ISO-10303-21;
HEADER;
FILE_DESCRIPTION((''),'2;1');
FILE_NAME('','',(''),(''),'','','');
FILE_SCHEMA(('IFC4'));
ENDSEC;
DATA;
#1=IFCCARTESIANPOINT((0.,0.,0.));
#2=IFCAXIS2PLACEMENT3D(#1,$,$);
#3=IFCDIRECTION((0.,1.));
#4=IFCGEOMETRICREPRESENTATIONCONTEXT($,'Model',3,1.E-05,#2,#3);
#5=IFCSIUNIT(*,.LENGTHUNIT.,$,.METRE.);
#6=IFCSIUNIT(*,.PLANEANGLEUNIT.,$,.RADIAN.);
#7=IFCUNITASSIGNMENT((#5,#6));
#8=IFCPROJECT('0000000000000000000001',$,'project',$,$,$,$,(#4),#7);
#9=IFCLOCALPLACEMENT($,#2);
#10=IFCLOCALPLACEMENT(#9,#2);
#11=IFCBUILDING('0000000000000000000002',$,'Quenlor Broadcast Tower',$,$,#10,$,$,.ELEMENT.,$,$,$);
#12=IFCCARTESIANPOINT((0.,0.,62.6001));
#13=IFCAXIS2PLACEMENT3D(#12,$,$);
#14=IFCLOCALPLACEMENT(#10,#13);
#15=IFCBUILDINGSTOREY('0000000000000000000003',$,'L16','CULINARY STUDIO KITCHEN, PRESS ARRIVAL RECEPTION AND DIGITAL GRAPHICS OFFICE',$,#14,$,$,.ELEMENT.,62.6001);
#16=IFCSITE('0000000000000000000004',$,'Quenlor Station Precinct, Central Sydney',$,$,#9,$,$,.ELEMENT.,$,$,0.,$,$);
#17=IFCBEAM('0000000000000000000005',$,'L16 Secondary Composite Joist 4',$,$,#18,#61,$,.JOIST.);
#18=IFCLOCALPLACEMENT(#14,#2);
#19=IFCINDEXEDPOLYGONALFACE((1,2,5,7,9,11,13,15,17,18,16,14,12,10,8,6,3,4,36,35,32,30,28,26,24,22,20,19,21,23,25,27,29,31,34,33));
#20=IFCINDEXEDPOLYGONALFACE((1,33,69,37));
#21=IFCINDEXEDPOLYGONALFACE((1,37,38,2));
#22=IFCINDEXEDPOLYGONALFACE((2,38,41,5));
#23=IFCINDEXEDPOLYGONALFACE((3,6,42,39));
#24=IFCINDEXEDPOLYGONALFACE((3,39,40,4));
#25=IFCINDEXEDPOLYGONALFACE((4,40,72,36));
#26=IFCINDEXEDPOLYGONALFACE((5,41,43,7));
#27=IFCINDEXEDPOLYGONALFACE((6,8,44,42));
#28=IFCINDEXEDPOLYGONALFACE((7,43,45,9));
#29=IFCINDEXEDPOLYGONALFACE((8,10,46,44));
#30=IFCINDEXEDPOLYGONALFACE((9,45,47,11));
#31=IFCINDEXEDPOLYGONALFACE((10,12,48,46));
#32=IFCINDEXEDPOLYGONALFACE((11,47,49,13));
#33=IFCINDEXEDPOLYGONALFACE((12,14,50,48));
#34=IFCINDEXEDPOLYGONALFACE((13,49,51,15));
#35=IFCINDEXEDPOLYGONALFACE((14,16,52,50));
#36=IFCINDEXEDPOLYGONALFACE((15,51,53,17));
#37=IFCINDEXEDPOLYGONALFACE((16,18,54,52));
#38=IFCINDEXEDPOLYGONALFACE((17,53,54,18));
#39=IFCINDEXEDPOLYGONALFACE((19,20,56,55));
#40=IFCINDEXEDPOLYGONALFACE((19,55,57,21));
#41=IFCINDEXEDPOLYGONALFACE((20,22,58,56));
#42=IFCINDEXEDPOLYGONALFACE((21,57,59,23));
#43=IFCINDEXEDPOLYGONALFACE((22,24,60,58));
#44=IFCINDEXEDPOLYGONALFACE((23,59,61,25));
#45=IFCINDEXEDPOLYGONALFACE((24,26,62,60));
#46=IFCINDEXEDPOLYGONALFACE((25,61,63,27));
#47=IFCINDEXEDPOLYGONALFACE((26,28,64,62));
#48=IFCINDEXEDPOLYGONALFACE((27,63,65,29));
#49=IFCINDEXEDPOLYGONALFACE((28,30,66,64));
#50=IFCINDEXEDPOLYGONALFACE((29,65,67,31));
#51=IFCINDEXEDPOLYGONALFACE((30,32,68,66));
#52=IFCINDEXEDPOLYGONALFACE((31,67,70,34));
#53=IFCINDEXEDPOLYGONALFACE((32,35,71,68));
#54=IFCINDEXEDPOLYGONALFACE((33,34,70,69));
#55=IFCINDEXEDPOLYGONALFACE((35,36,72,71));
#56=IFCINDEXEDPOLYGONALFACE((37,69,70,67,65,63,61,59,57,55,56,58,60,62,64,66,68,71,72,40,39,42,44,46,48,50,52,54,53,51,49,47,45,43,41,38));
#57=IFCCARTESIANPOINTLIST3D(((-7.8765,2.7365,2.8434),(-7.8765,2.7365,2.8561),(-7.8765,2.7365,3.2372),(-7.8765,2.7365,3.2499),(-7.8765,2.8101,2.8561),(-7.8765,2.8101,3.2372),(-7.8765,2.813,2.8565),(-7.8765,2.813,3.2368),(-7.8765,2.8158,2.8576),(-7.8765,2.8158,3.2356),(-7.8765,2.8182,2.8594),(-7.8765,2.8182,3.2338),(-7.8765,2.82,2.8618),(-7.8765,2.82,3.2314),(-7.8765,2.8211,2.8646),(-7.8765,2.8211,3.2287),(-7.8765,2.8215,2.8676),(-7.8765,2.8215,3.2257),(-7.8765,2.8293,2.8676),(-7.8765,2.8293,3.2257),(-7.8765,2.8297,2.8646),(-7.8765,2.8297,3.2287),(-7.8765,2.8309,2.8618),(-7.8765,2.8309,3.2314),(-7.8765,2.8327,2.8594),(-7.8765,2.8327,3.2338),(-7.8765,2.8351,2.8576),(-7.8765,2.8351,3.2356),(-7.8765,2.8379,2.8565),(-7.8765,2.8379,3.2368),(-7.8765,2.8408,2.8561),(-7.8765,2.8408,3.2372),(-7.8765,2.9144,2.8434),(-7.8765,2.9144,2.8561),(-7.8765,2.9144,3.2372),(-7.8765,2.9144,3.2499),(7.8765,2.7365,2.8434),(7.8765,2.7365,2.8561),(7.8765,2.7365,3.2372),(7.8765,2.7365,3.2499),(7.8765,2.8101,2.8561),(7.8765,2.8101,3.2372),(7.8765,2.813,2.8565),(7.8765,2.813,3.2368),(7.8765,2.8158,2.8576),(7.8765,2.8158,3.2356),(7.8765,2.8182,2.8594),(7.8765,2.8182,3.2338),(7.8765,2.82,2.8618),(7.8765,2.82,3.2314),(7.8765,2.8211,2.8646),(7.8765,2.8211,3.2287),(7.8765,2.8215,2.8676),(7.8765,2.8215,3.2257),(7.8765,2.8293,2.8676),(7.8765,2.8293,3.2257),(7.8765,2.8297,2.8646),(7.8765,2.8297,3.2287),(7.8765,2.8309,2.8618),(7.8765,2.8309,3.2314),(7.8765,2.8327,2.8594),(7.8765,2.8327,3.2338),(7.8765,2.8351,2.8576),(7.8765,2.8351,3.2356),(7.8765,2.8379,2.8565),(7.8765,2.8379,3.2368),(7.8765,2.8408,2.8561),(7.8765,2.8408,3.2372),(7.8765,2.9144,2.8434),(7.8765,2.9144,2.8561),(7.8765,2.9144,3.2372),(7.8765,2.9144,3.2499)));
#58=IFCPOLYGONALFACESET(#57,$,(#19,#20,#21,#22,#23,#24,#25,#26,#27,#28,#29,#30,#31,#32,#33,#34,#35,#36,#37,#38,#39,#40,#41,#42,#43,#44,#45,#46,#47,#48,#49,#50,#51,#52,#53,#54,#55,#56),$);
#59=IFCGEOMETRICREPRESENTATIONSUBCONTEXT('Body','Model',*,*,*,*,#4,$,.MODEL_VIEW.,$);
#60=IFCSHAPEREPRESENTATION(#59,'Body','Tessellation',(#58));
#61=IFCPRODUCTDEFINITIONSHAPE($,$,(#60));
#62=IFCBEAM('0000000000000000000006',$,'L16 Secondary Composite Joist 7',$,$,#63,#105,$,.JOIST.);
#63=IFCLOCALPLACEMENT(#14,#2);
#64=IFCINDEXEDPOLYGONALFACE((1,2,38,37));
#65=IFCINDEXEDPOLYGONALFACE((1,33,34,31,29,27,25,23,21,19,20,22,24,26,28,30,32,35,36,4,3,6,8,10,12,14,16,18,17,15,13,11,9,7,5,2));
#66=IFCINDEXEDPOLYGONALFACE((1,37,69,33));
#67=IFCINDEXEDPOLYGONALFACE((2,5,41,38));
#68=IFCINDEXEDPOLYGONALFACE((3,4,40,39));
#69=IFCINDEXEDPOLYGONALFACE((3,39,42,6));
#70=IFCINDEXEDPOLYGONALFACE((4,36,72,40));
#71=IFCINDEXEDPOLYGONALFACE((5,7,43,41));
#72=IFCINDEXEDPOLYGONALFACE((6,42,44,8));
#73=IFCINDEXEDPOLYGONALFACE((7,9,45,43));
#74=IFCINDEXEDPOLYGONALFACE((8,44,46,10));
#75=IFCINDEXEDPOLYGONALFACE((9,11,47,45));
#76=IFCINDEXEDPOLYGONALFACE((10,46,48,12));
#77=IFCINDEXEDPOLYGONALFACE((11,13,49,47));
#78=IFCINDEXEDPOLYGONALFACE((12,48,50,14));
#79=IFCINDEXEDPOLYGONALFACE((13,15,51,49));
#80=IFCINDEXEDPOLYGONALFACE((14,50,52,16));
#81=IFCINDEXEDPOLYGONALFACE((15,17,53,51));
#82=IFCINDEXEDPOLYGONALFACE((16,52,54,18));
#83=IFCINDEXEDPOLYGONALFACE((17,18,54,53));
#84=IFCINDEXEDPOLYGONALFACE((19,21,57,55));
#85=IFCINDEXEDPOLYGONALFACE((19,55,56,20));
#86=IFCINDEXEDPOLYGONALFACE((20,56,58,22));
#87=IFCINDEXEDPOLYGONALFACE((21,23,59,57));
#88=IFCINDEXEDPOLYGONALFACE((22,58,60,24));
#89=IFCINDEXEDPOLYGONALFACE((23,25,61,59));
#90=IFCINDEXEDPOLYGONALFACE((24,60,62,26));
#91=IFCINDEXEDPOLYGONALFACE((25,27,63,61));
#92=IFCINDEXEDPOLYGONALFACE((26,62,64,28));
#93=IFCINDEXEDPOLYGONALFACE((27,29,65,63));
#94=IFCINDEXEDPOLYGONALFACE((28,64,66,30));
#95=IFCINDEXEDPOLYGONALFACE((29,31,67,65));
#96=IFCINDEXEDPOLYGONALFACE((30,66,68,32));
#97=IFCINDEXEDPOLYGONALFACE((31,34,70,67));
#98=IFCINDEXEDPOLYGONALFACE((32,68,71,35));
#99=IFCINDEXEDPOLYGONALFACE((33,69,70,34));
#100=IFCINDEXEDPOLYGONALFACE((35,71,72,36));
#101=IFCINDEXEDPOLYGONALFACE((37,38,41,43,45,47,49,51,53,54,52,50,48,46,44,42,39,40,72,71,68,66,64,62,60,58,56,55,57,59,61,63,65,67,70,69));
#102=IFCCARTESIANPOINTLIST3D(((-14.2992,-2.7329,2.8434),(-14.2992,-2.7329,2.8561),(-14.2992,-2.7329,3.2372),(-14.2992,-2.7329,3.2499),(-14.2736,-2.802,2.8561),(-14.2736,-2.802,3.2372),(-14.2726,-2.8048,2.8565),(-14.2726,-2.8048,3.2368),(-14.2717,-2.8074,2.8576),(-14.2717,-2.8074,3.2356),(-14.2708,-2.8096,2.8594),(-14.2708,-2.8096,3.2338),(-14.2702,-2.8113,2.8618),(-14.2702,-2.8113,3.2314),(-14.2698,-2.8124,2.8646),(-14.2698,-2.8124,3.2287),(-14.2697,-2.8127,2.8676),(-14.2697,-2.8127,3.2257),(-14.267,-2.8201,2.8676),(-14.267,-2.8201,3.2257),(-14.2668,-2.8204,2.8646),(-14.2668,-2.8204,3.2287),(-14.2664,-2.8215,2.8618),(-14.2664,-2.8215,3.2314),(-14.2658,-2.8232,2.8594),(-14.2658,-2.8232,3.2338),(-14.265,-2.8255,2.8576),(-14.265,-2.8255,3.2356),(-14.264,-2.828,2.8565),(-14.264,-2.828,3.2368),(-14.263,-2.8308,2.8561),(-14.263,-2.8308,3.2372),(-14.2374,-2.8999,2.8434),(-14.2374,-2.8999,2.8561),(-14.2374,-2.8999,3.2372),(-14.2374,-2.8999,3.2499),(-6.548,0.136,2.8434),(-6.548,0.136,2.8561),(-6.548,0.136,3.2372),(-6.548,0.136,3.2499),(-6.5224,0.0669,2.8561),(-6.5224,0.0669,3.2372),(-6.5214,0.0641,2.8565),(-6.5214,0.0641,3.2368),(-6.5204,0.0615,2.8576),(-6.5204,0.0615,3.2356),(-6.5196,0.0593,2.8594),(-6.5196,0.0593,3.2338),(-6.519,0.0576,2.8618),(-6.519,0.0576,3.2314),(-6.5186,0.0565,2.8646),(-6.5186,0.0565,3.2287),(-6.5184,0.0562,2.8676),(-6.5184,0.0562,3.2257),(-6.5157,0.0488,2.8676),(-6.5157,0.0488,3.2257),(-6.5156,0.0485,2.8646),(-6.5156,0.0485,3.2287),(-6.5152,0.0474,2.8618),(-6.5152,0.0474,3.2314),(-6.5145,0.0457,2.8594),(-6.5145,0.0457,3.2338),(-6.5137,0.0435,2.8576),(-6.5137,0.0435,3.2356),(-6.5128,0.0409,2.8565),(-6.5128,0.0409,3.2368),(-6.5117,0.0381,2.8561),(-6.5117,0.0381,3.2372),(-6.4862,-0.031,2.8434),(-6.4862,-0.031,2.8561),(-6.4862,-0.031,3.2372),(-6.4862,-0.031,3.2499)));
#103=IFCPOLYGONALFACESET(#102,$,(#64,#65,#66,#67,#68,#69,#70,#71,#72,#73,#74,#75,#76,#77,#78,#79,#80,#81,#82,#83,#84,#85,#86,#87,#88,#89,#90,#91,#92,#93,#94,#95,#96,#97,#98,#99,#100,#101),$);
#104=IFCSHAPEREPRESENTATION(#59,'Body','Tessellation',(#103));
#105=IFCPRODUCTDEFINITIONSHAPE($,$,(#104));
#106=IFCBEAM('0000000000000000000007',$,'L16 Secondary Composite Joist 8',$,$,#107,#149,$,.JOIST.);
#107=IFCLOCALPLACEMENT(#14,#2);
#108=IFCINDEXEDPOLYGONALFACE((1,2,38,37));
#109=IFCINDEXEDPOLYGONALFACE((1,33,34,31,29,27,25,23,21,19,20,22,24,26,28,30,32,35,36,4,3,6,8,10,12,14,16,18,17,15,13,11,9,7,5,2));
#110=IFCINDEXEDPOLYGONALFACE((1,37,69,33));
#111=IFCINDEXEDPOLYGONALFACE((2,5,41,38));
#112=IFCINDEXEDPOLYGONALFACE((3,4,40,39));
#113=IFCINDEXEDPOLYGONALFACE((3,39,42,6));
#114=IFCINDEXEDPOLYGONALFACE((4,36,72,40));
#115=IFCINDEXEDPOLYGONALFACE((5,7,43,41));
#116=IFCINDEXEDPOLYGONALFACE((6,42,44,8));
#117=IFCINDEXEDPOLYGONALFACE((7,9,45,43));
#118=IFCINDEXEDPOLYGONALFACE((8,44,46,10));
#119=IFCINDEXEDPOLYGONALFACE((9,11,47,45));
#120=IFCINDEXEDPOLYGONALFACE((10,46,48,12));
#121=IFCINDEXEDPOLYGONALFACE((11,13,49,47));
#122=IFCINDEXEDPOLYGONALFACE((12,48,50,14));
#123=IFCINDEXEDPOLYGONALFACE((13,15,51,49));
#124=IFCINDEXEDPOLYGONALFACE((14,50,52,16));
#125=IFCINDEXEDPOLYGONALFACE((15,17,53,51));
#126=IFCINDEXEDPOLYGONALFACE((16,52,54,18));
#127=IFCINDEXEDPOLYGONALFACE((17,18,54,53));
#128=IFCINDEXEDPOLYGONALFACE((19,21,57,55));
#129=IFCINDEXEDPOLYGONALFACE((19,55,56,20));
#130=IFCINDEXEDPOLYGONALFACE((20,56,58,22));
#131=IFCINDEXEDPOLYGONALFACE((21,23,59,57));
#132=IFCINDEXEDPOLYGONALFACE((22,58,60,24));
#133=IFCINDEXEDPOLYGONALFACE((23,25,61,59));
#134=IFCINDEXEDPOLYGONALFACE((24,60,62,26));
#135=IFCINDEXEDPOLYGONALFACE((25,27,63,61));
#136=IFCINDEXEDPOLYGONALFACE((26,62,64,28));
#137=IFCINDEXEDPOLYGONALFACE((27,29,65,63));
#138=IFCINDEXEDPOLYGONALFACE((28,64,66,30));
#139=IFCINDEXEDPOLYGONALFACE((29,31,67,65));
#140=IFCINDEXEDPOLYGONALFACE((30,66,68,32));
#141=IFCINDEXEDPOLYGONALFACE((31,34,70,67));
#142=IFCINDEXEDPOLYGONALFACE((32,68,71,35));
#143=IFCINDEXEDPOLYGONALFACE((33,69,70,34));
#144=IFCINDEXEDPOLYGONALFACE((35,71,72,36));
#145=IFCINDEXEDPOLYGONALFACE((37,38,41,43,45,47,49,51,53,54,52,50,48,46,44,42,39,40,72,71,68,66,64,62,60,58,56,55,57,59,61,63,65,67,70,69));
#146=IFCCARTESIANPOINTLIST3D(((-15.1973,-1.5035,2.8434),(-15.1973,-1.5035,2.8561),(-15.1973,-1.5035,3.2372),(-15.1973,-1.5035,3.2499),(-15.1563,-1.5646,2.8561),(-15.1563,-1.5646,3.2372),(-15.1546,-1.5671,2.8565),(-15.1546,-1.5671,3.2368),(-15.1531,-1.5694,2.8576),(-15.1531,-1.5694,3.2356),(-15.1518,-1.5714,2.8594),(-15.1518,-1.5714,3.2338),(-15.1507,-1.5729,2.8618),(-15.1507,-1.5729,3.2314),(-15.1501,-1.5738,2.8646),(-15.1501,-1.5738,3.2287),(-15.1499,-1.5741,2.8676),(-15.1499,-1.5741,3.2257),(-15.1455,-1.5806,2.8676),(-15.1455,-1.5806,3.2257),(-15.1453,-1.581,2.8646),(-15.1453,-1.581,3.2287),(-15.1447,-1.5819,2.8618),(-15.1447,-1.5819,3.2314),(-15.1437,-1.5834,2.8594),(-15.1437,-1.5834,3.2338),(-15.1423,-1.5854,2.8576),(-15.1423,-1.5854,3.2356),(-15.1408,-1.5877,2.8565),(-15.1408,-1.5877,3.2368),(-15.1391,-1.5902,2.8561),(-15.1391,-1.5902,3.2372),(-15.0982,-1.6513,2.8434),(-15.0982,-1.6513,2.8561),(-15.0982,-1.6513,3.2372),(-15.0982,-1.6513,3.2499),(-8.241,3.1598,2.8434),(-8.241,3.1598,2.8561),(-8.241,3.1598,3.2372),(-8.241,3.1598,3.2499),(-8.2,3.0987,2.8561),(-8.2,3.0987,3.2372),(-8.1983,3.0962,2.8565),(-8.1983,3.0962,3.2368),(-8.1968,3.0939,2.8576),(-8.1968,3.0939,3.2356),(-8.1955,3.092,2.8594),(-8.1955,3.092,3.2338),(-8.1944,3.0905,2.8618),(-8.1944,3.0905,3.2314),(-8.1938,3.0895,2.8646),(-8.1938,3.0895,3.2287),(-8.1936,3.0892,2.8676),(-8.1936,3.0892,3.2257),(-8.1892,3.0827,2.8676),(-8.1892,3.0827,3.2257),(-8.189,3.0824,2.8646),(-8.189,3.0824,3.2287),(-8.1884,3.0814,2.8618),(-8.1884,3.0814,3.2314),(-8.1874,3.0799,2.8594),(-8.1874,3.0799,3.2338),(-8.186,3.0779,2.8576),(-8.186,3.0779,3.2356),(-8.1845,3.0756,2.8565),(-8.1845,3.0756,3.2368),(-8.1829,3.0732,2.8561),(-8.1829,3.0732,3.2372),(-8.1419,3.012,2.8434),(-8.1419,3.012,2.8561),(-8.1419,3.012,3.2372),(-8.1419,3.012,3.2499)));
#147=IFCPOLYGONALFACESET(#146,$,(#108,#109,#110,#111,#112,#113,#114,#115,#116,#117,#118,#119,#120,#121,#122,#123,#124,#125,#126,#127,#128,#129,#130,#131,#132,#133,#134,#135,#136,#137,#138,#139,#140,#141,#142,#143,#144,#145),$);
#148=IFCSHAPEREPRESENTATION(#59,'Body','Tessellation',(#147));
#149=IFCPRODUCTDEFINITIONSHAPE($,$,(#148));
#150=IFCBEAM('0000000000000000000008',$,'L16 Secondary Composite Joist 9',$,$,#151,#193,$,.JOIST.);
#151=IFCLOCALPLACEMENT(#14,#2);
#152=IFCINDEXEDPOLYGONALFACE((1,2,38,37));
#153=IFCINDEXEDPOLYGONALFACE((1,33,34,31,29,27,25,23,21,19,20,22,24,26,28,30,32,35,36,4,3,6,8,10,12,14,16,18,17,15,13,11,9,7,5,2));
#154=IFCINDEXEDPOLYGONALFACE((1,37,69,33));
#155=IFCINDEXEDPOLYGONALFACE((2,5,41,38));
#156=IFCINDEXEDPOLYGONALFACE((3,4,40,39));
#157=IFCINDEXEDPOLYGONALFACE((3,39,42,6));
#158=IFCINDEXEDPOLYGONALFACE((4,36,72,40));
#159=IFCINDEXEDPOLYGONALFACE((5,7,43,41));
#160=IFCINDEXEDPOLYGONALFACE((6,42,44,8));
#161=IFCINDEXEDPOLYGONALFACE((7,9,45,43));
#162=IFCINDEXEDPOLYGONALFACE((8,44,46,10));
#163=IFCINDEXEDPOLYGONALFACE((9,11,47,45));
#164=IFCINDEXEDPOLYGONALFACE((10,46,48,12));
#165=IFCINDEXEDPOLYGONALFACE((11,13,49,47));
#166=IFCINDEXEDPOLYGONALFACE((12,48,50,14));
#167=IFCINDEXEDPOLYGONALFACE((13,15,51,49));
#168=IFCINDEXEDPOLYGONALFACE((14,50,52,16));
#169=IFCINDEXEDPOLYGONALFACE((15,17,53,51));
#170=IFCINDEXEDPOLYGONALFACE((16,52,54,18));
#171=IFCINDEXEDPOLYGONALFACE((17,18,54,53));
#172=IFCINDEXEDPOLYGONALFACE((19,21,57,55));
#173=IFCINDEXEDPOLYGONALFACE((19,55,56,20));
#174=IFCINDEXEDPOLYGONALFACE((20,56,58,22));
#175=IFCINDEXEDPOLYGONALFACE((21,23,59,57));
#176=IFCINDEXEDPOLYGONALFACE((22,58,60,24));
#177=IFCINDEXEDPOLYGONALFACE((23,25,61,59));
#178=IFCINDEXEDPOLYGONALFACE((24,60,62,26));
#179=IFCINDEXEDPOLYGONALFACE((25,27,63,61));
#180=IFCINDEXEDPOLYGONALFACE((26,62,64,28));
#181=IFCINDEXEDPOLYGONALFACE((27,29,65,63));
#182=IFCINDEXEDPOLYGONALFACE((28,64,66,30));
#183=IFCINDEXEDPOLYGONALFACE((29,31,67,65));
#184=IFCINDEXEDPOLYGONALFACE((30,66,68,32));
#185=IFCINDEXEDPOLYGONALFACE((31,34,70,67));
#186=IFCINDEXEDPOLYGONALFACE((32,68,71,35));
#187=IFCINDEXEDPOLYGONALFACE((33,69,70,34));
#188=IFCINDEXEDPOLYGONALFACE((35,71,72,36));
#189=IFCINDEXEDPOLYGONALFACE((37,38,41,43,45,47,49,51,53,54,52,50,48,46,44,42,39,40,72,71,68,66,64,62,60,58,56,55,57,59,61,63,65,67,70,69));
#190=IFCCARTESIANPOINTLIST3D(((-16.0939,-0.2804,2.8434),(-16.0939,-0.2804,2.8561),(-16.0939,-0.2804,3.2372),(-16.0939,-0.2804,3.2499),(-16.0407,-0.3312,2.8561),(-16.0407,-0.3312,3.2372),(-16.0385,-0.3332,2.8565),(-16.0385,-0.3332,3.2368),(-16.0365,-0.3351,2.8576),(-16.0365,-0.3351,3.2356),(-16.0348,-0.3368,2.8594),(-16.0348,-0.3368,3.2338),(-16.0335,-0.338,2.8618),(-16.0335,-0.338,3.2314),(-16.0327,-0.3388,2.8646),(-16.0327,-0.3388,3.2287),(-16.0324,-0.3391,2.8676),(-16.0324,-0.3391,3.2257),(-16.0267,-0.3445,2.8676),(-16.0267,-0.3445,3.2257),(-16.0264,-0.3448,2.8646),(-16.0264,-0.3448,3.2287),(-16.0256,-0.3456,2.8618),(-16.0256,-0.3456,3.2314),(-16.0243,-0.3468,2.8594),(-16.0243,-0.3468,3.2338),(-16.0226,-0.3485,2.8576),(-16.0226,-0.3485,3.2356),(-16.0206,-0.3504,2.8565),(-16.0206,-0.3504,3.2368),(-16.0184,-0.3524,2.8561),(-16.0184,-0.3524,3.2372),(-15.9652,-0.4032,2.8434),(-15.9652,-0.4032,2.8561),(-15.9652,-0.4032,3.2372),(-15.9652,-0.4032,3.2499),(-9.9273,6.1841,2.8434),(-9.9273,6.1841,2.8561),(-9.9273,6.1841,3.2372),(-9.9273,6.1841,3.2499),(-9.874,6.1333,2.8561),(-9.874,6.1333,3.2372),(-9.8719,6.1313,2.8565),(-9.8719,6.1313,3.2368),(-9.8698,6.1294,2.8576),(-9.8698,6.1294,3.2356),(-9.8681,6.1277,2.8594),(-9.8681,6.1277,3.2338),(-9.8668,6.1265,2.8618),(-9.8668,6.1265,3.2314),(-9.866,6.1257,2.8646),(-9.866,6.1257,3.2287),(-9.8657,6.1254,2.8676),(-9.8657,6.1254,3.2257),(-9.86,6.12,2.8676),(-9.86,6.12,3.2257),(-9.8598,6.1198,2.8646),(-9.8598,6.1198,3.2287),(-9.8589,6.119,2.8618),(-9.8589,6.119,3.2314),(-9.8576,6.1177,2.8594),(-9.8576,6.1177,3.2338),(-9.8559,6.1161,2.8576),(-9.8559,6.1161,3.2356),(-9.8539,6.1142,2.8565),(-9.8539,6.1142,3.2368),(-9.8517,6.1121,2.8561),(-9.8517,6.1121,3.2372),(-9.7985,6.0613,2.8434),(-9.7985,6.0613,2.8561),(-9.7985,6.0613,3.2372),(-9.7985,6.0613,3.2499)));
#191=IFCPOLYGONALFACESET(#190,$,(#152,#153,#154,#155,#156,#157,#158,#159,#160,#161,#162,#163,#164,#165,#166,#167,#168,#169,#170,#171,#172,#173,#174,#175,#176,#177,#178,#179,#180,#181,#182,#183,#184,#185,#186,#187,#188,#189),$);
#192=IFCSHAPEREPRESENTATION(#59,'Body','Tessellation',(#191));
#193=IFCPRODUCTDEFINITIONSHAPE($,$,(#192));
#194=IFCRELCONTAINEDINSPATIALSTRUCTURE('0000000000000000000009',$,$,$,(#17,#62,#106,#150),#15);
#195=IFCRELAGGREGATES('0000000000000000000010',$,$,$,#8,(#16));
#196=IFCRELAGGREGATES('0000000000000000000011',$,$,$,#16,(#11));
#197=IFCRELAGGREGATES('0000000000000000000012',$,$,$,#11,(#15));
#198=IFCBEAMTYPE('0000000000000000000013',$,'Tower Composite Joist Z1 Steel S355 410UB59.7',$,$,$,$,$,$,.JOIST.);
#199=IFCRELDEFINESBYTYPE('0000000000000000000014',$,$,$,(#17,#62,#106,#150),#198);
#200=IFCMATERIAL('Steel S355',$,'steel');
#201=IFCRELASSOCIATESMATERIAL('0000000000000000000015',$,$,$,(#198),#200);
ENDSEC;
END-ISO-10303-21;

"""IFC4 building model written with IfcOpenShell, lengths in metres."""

from ifc_helpers import new_model, si_unit, direction, frame, origin, origin_2d, place, context, subcontext, project, spatial, i_section, extrude, material, material_profile, profile_set, type_object, element, save


model = new_model("IFC4")

# Units and contexts
model_context = context("Model", 3, precision=1e-05, world=origin(), true_north=direction((0.0, 1.0)))
body_context = subcontext(model_context, "Body", "Model", "MODEL_VIEW")
ifc_project = project(units=[si_unit("LENGTHUNIT", "METRE"), si_unit("PLANEANGLEUNIT", "RADIAN")], contexts=[model_context])

# Site, building, storey
site_placement = place(None, origin())
site = spatial("IfcSite", under=ifc_project, at=site_placement, Name="Quenlor Station Precinct, Central Sydney", CompositionType="ELEMENT", RefElevation=0.0)
building_placement = place(site_placement, origin())
building = spatial("IfcBuilding", under=site, at=building_placement, Name="Quenlor Broadcast Tower", CompositionType="ELEMENT")
storey_placement = place(building_placement, frame((0.0, 0.0, 62.6001)))
storey = spatial("IfcBuildingStorey", under=building, at=storey_placement, Name="L16", Description="CULINARY STUDIO KITCHEN, PRESS ARRIVAL RECEPTION AND DIGITAL GRAPHICS OFFICE", CompositionType="ELEMENT", Elevation=62.6001)

# Beams
ifc_material_1 = material(Name="Steel S355", Category="steel")
ifc_material_profile_1 = material_profile(ifc_material_1, i_section(OverallWidth=0.178, OverallDepth=0.4065, WebThickness=0.0078, FlangeThickness=0.0127, FilletRadius=0.0115, at=origin_2d()))
ifc_profile_set_1 = profile_set([ifc_material_profile_1], Name="Steel S355 410UB59.7")
beam_type = type_object("IfcBeamType", Name="Tower Composite Joist Z1 Steel S355 410UB59.7", PredefinedType="JOIST", material=ifc_profile_set_1)
beam_1_placement = place(storey_placement, frame((-7.8765, 2.8254, 3.0466), z_axis=(1.0, 0.0, 0.0), x_axis=(0.0, 1.0, 0.0)))
element("IfcBeam", 1, at=beam_1_placement, inside=storey, type_object=beam_type, Name="L16 Secondary Composite Joist 4", PredefinedType="JOIST", context=body_context, shape_type="SweptSolid", body=[
    extrude(i_section(OverallWidth=0.178, OverallDepth=0.4065, WebThickness=0.0078, FlangeThickness=0.0127, FilletRadius=0.0115, at=origin_2d()), origin(), (0.0, 0.0, 1.0), 15.7529),
])
beam_2_placement = place(storey_placement, frame((-14.2683, -2.8164, 3.0466), z_axis=(0.937825, 0.347109, 0.0), x_axis=(-0.347109, 0.937825, 0.0)))
element("IfcBeam", 2, at=beam_2_placement, inside=storey, type_object=beam_type, Name="L16 Secondary Composite Joist 7", PredefinedType="JOIST", context=body_context, shape_type="SweptSolid", body=[
    extrude(i_section(OverallWidth=0.178, OverallDepth=0.4065, WebThickness=0.0078, FlangeThickness=0.0127, FilletRadius=0.0115, at=origin_2d()), origin(), (0.0, 0.0, 1.0), 8.2651),
])
beam_3_placement = place(storey_placement, frame((-15.1477, -1.5774, 3.0466), z_axis=(0.830626, 0.556831, 0.0), x_axis=(-0.556831, 0.830626, 0.0)))
element("IfcBeam", 3, at=beam_3_placement, inside=storey, type_object=beam_type, Name="L16 Secondary Composite Joist 8", PredefinedType="JOIST", context=body_context, shape_type="SweptSolid", body=[
    extrude(i_section(OverallWidth=0.178, OverallDepth=0.4065, WebThickness=0.0078, FlangeThickness=0.0127, FilletRadius=0.0115, at=origin_2d()), origin(), (0.0, 0.0, 1.0), 8.3748),
])
beam_4_placement = place(storey_placement, frame((-16.0295, -0.3418, 3.0466), z_axis=(0.690241, 0.723579, 0.0), x_axis=(-0.723579, 0.690241, 0.0)))
element("IfcBeam", 4, at=beam_4_placement, inside=storey, type_object=beam_type, Name="L16 Secondary Composite Joist 9", PredefinedType="JOIST", context=body_context, shape_type="SweptSolid", body=[
    extrude(i_section(OverallWidth=0.178, OverallDepth=0.4065, WebThickness=0.0078, FlangeThickness=0.0127, FilletRadius=0.0115, at=origin_2d()), origin(), (0.0, 0.0, 1.0), 8.9341),
])

save(model, "model.ifc")
